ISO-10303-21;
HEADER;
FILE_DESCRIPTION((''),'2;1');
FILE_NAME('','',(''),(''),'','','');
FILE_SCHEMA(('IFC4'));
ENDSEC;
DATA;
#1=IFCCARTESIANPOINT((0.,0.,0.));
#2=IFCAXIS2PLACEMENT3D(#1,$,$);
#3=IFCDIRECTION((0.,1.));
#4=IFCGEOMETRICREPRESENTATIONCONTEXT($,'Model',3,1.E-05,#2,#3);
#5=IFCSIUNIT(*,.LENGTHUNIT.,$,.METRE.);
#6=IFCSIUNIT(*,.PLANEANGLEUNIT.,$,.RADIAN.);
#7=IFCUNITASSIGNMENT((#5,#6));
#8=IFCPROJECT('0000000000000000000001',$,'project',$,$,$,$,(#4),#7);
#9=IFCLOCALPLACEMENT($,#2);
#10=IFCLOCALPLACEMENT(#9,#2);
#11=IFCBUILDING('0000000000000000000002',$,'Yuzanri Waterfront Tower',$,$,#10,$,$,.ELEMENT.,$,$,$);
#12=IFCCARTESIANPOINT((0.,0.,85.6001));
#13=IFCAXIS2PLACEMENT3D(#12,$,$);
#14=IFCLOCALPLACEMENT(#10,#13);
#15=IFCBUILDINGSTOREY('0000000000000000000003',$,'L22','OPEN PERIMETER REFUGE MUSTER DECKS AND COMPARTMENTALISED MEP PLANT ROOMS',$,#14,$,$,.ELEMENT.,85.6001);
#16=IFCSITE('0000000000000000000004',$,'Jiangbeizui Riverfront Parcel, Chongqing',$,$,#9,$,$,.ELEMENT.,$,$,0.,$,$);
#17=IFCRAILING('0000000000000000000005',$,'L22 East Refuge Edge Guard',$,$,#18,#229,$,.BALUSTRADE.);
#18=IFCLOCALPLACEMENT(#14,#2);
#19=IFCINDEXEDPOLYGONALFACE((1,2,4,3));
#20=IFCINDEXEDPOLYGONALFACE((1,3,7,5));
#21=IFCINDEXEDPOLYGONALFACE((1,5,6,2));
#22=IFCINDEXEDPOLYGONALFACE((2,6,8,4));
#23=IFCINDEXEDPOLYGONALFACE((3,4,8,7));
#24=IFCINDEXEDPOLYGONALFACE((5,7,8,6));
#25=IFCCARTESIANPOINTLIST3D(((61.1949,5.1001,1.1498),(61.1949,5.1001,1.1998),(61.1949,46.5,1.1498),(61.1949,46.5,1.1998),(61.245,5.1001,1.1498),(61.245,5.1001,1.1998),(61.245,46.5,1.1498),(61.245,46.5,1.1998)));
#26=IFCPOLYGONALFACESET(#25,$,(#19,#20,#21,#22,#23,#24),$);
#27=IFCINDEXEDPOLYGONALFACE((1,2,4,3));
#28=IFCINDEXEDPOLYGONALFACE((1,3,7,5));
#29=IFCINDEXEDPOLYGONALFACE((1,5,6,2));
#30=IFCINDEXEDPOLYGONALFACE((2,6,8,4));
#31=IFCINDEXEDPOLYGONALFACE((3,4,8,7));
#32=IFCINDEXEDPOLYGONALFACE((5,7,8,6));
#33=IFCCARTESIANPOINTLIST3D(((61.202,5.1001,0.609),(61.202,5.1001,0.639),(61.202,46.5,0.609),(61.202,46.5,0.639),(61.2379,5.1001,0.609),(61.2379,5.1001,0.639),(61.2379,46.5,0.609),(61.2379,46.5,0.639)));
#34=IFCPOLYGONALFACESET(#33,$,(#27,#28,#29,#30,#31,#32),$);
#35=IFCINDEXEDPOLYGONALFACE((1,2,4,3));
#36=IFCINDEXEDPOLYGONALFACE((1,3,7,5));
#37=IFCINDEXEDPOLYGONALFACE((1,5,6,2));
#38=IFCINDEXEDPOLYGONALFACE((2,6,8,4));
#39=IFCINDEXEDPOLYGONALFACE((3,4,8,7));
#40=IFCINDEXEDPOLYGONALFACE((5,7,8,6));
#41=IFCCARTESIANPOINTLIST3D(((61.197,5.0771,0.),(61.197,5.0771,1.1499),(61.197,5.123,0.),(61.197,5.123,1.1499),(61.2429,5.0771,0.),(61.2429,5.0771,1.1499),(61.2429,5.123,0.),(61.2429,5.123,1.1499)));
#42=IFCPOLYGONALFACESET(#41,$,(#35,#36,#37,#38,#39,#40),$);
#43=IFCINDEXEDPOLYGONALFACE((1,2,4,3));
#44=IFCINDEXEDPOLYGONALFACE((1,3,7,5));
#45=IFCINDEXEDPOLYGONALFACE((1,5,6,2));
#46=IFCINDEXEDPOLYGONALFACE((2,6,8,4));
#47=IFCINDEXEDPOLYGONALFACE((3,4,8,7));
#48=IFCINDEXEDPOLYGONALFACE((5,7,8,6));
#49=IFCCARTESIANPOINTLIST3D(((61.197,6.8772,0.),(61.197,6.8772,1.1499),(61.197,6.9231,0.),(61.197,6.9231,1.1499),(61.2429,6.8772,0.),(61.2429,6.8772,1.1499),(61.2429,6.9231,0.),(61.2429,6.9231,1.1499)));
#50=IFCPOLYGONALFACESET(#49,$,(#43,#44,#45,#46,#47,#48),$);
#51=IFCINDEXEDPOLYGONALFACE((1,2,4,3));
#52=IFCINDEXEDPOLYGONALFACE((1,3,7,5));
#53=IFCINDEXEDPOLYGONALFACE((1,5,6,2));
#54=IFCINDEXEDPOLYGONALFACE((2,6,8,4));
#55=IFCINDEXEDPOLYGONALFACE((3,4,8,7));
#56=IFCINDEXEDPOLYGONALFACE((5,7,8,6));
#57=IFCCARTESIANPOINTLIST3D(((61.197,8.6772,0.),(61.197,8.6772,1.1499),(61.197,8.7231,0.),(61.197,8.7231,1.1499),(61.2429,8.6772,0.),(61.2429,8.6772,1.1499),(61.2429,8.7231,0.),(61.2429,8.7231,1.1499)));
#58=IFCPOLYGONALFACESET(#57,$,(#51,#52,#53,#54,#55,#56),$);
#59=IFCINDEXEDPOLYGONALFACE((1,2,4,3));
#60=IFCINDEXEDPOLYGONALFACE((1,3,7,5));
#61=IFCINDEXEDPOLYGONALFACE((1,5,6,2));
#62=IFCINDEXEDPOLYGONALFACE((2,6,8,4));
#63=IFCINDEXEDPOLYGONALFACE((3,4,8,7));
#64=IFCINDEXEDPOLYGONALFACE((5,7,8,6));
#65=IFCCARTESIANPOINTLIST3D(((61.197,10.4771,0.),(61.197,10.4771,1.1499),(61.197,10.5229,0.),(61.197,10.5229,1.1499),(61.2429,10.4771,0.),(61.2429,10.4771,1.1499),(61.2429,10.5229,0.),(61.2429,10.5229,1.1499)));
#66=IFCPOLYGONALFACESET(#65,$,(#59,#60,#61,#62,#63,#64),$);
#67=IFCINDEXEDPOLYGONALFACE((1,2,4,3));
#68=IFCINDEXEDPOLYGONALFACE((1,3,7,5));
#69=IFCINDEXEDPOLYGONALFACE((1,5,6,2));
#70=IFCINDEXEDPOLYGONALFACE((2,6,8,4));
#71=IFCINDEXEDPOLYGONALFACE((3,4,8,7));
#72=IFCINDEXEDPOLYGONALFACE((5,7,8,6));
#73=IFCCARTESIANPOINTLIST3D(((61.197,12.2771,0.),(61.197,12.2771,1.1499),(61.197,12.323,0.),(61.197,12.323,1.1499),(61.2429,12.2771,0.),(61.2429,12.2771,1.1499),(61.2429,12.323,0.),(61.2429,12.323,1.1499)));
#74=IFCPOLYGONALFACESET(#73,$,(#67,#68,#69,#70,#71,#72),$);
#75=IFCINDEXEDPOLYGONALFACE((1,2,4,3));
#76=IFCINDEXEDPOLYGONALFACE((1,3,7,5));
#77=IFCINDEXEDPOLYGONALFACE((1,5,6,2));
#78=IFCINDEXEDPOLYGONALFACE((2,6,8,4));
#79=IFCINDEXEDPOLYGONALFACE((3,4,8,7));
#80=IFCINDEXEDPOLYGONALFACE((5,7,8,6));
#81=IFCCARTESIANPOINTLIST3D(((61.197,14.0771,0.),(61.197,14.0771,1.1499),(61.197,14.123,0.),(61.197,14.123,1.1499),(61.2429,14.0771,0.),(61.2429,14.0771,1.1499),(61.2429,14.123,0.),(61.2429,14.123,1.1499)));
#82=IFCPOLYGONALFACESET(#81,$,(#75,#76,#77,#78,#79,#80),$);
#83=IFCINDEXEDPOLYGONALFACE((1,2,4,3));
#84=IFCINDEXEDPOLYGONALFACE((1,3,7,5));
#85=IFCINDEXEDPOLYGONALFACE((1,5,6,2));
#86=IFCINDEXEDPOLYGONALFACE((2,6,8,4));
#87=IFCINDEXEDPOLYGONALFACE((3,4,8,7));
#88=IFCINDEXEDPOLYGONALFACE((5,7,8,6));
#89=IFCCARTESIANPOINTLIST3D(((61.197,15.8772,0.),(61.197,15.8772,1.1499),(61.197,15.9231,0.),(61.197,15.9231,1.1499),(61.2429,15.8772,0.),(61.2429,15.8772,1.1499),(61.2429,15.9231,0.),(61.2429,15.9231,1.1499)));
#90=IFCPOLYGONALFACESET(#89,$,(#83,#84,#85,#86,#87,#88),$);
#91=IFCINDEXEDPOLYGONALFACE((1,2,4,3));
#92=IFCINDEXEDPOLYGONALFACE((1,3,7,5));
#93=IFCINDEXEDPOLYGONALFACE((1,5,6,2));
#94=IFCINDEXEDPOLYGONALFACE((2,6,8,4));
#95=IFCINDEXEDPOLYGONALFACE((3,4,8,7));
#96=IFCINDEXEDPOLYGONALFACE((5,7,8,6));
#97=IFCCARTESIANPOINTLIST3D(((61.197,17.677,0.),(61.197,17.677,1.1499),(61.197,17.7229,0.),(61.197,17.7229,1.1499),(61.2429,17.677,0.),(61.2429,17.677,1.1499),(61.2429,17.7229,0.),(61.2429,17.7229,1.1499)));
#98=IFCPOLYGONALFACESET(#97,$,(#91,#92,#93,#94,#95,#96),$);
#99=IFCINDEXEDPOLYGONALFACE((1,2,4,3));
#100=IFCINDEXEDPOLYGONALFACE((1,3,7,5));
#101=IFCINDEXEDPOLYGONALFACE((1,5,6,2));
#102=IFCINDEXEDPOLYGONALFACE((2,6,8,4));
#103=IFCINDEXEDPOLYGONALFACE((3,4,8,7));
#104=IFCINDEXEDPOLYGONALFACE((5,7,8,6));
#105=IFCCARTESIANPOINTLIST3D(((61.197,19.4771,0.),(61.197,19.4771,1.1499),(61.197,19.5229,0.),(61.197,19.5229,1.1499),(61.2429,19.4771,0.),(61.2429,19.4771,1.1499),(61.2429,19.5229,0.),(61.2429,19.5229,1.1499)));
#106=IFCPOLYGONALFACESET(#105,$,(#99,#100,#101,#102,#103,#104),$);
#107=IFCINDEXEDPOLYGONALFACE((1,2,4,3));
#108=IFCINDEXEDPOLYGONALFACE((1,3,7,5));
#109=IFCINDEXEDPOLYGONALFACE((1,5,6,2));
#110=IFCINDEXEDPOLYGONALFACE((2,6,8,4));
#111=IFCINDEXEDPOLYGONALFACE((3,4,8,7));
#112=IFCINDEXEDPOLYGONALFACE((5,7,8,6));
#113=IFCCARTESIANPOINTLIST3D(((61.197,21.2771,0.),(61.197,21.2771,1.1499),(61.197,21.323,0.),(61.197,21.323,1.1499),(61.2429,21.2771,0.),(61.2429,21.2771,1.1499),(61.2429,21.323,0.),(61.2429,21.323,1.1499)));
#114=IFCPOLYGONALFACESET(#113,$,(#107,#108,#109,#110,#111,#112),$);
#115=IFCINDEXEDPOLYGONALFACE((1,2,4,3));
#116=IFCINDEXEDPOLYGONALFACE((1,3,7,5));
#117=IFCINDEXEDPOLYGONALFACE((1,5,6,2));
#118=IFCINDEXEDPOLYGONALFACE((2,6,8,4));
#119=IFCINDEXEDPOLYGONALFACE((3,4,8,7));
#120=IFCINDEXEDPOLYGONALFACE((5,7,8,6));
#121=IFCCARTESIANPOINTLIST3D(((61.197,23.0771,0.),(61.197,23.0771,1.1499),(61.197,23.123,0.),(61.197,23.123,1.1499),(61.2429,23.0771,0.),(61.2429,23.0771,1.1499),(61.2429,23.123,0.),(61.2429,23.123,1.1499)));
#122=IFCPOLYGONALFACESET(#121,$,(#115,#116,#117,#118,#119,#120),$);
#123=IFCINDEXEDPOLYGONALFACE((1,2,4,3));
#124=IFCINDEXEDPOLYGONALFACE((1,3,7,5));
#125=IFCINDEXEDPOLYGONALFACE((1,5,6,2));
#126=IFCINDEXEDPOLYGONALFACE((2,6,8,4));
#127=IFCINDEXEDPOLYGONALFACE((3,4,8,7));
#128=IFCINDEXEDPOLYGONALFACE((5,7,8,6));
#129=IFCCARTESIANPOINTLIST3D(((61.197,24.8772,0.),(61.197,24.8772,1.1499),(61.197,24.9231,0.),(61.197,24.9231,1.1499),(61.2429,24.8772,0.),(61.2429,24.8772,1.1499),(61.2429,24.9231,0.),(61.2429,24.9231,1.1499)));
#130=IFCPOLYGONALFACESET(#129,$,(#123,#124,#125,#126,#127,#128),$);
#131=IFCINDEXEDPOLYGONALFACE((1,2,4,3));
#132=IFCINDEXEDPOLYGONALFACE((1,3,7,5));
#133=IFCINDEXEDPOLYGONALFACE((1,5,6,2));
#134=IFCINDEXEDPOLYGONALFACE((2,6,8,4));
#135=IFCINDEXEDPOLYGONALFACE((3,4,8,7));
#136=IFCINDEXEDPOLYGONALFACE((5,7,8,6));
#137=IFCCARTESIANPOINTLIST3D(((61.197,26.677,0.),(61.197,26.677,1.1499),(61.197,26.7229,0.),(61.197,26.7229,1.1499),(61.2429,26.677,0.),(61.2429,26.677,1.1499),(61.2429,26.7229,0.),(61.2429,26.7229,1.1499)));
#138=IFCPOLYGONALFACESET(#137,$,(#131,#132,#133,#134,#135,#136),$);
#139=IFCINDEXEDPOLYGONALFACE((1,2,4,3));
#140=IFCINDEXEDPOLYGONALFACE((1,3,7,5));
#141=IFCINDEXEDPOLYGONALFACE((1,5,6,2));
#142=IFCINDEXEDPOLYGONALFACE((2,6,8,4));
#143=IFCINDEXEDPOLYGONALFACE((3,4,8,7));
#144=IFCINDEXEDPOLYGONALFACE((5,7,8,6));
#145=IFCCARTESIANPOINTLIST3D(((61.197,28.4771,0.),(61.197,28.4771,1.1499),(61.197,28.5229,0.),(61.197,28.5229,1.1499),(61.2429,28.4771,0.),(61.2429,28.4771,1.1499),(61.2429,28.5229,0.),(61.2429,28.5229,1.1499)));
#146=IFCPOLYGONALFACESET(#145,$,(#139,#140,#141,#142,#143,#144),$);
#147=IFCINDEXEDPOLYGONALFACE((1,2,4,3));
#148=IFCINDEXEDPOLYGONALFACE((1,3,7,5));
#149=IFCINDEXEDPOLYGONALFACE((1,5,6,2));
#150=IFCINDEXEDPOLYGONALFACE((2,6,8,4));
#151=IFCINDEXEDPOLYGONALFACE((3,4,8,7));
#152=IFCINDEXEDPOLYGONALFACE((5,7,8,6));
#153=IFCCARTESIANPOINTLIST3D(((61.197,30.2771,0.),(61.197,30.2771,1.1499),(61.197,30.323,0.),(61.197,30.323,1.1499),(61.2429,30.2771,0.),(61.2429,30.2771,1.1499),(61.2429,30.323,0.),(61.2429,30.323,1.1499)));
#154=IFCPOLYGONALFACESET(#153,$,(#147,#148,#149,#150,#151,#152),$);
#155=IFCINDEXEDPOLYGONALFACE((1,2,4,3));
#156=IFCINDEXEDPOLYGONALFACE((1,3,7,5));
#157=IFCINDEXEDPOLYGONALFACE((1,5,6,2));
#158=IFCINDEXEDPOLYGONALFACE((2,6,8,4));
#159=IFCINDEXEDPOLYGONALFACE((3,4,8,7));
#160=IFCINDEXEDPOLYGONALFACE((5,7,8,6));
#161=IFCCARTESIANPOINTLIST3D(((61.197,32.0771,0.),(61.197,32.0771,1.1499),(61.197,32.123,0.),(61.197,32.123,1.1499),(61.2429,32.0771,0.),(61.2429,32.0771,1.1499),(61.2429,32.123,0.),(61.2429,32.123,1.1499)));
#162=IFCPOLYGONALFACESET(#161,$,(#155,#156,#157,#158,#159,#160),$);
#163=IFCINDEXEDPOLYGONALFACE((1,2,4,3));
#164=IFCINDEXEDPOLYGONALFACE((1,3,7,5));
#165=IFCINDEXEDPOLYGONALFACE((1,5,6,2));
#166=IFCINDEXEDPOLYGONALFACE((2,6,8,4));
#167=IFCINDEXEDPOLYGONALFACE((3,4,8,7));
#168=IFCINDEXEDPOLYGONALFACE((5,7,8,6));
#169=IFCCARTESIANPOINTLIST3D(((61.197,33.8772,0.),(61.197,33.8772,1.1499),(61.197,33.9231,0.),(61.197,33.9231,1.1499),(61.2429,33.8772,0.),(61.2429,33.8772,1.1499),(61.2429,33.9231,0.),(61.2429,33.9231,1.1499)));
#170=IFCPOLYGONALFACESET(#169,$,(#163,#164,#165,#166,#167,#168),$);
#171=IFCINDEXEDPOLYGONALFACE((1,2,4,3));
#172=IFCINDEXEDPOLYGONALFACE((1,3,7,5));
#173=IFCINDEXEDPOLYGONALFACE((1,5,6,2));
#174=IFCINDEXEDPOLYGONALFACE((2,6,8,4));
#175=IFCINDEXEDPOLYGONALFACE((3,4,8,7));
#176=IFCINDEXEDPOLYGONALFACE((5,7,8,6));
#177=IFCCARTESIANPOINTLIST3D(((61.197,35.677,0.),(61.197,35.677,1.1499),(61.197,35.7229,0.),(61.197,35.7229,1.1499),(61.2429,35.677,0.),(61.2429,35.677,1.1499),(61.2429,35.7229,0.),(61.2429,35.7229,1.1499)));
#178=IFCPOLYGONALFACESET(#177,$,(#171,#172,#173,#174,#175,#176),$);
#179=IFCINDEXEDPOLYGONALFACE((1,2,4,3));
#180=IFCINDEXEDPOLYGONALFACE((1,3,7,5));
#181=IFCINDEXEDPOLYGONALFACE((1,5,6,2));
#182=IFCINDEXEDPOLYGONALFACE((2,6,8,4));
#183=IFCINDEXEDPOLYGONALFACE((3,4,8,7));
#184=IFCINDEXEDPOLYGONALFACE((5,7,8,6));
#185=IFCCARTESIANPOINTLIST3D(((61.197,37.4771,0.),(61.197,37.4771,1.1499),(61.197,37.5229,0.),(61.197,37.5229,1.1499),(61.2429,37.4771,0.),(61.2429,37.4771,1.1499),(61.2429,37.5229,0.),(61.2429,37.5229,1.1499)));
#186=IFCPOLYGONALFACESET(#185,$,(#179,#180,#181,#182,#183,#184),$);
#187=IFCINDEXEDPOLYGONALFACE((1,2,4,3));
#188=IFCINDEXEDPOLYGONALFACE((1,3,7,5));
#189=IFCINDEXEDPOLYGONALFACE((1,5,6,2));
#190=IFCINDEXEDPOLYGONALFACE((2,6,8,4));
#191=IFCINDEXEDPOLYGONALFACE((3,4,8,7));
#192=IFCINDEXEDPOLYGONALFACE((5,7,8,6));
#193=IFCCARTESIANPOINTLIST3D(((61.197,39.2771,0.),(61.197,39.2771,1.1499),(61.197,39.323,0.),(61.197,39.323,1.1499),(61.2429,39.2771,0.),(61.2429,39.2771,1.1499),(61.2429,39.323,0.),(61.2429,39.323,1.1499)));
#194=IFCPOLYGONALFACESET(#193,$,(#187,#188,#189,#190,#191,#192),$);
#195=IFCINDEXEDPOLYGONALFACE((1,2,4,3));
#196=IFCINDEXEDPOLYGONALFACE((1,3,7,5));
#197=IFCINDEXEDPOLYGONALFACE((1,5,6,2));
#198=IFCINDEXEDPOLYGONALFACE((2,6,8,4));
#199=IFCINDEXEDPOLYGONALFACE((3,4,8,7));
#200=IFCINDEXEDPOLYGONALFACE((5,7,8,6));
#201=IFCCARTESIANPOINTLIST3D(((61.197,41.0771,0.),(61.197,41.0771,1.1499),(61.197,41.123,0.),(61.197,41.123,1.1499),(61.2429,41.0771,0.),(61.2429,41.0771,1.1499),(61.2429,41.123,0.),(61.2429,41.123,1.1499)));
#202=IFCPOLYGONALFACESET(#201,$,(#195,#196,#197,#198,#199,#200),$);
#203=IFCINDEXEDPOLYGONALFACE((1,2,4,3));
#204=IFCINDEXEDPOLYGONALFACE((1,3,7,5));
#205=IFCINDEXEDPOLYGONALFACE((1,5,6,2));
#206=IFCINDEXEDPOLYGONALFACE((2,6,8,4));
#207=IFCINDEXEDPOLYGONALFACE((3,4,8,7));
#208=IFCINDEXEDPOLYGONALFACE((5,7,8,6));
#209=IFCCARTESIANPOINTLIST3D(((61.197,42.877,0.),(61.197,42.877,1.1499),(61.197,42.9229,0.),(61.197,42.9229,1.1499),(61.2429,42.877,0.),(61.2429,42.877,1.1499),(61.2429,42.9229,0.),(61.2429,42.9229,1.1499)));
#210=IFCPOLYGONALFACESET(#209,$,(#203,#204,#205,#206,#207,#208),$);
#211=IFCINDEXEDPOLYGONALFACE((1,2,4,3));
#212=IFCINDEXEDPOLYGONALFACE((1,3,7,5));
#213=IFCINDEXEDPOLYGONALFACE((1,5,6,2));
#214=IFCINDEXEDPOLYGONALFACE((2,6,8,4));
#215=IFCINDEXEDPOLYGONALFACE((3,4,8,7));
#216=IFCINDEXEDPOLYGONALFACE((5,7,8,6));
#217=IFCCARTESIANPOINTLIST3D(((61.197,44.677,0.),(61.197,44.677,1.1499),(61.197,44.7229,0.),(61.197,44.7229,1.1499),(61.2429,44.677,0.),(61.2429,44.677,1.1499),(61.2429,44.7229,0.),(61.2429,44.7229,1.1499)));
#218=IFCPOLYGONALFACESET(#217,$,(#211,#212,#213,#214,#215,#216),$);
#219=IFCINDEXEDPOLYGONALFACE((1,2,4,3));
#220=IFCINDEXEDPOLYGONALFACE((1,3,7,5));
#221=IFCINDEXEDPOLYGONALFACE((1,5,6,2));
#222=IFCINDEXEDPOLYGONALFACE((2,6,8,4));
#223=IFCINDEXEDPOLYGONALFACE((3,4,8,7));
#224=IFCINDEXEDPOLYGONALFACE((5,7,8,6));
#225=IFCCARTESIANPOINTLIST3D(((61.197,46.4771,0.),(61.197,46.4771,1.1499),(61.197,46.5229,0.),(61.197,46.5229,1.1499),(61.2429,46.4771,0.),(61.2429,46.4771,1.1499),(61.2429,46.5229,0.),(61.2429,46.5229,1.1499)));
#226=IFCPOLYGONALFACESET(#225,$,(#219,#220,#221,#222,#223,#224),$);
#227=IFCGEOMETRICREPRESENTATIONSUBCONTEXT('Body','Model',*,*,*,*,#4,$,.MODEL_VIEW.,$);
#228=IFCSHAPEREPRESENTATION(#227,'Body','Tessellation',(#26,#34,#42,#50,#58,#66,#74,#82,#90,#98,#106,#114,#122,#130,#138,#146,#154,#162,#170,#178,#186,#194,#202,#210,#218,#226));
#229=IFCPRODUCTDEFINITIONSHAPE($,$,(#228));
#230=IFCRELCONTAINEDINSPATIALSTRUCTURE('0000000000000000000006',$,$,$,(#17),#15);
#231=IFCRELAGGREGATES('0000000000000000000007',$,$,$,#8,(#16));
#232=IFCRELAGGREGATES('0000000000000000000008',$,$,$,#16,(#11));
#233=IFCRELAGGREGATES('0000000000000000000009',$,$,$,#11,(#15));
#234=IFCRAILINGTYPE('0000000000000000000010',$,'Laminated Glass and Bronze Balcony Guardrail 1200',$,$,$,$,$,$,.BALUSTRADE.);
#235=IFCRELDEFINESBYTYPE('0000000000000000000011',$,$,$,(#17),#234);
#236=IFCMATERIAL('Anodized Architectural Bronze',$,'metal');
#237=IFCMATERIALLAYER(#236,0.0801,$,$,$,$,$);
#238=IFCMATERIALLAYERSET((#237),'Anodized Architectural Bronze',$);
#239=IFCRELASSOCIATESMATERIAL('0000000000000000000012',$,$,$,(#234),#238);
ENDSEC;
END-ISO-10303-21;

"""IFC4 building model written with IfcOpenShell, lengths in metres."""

from ifc_helpers import new_model, si_unit, direction, frame, origin, origin_2d, place, context, subcontext, project, spatial, rectangle, extrude, source, transform, mapped, material, layer, layer_set, type_object, element, save


model = new_model("IFC4")

# Units and contexts
model_context = context("Model", 3, precision=1e-05, world=origin(), true_north=direction((0.0, 1.0)))
body_context = subcontext(model_context, "Body", "Model", "MODEL_VIEW")
ifc_project = project(units=[si_unit("LENGTHUNIT", "METRE"), si_unit("PLANEANGLEUNIT", "RADIAN")], contexts=[model_context])

# Site, building, storey
site_placement = place(None, origin())
site = spatial("IfcSite", under=ifc_project, at=site_placement, Name="Jiangbeizui Riverfront Parcel, Chongqing", CompositionType="ELEMENT", RefElevation=0.0)
building_placement = place(site_placement, origin())
building = spatial("IfcBuilding", under=site, at=building_placement, Name="Yuzanri Waterfront Tower", CompositionType="ELEMENT")
storey_placement = place(building_placement, frame((0.0, 0.0, 85.6001)))
storey = spatial("IfcBuildingStorey", under=building, at=storey_placement, Name="L22", Description="OPEN PERIMETER REFUGE MUSTER DECKS AND COMPARTMENTALISED MEP PLANT ROOMS", CompositionType="ELEMENT", Elevation=85.6001)

# Railing
ifc_material_1 = material(Name="Anodized Architectural Bronze", Category="metal")
ifc_layer_1 = layer(ifc_material_1, 0.0801)
ifc_layer_set_1 = layer_set([ifc_layer_1], Name="Anodized Architectural Bronze")
railing_type_1 = type_object("IfcRailingType", Name="Laminated Glass and Bronze Balcony Guardrail 1200", PredefinedType="BALUSTRADE", material=ifc_layer_set_1)
shared_shape_1 = source(origin(), body_context, "Body", "SweptSolid", [
    extrude(rectangle(XDim=0.05, YDim=0.05, at=origin_2d()), frame((0.0, 0.0, 1.1748), z_axis=(0.0, 1.0, 0.0), x_axis=(-1.0, 0.0, 0.0)), (0.0, 0.0, 1.0), 41.3999),
    extrude(rectangle(XDim=0.0359, YDim=0.03, at=origin_2d()), frame((0.0, 0.0, 0.624), z_axis=(0.0, 1.0, 0.0), x_axis=(-1.0, 0.0, 0.0)), (0.0, 0.0, 1.0), 41.3999),
    extrude(rectangle(XDim=0.0459, YDim=0.0459, at=origin_2d()), origin(), (0.0, 0.0, 1.0), 1.1499),
    extrude(rectangle(XDim=0.0459, YDim=0.0459, at=origin_2d()), frame((0.0, 1.8, 0.0)), (0.0, 0.0, 1.0), 1.1499),
    extrude(rectangle(XDim=0.0459, YDim=0.0459, at=origin_2d()), frame((0.0, 3.6001, 0.0)), (0.0, 0.0, 1.0), 1.1499),
    extrude(rectangle(XDim=0.0459, YDim=0.0459, at=origin_2d()), frame((0.0, 5.3999, 0.0)), (0.0, 0.0, 1.0), 1.1499),
    extrude(rectangle(XDim=0.0459, YDim=0.0459, at=origin_2d()), frame((0.0, 7.2, 0.0)), (0.0, 0.0, 1.0), 1.1499),
    extrude(rectangle(XDim=0.0459, YDim=0.0459, at=origin_2d()), frame((0.0, 9.0, 0.0)), (0.0, 0.0, 1.0), 1.1499),
    extrude(rectangle(XDim=0.0459, YDim=0.0459, at=origin_2d()), frame((0.0, 10.8, 0.0)), (0.0, 0.0, 1.0), 1.1499),
    extrude(rectangle(XDim=0.0459, YDim=0.0459, at=origin_2d()), frame((0.0, 12.5999, 0.0)), (0.0, 0.0, 1.0), 1.1499),
    extrude(rectangle(XDim=0.0459, YDim=0.0459, at=origin_2d()), frame((0.0, 14.3999, 0.0)), (0.0, 0.0, 1.0), 1.1499),
    extrude(rectangle(XDim=0.0459, YDim=0.0459, at=origin_2d()), frame((0.0, 16.2, 0.0)), (0.0, 0.0, 1.0), 1.1499),
    extrude(rectangle(XDim=0.0459, YDim=0.0459, at=origin_2d()), frame((0.0, 18.0, 0.0)), (0.0, 0.0, 1.0), 1.1499),
    extrude(rectangle(XDim=0.0459, YDim=0.0459, at=origin_2d()), frame((0.0, 19.8, 0.0)), (0.0, 0.0, 1.0), 1.1499),
    extrude(rectangle(XDim=0.0459, YDim=0.0459, at=origin_2d()), frame((0.0, 21.5999, 0.0)), (0.0, 0.0, 1.0), 1.1499),
    extrude(rectangle(XDim=0.0459, YDim=0.0459, at=origin_2d()), frame((0.0, 23.3999, 0.0)), (0.0, 0.0, 1.0), 1.1499),
    extrude(rectangle(XDim=0.0459, YDim=0.0459, at=origin_2d()), frame((0.0, 25.2, 0.0)), (0.0, 0.0, 1.0), 1.1499),
    extrude(rectangle(XDim=0.0459, YDim=0.0459, at=origin_2d()), frame((0.0, 27.0, 0.0)), (0.0, 0.0, 1.0), 1.1499),
    extrude(rectangle(XDim=0.0459, YDim=0.0459, at=origin_2d()), frame((0.0, 28.8, 0.0)), (0.0, 0.0, 1.0), 1.1499),
    extrude(rectangle(XDim=0.0459, YDim=0.0459, at=origin_2d()), frame((0.0, 30.5999, 0.0)), (0.0, 0.0, 1.0), 1.1499),
    extrude(rectangle(XDim=0.0459, YDim=0.0459, at=origin_2d()), frame((0.0, 32.3999, 0.0)), (0.0, 0.0, 1.0), 1.1499),
    extrude(rectangle(XDim=0.0459, YDim=0.0459, at=origin_2d()), frame((0.0, 34.2, 0.0)), (0.0, 0.0, 1.0), 1.1499),
    extrude(rectangle(XDim=0.0459, YDim=0.0459, at=origin_2d()), frame((0.0, 36.0, 0.0)), (0.0, 0.0, 1.0), 1.1499),
    extrude(rectangle(XDim=0.0459, YDim=0.0459, at=origin_2d()), frame((0.0, 37.7998, 0.0)), (0.0, 0.0, 1.0), 1.1499),
    extrude(rectangle(XDim=0.0459, YDim=0.0459, at=origin_2d()), frame((0.0, 39.5999, 0.0)), (0.0, 0.0, 1.0), 1.1499),
    extrude(rectangle(XDim=0.0459, YDim=0.0459, at=origin_2d()), frame((0.0, 41.3999, 0.0)), (0.0, 0.0, 1.0), 1.1499),
])
railing_1_placement = place(storey_placement, frame((61.22, 5.1001, 0.0)))
element("IfcRailing", 1, at=railing_1_placement, inside=storey, type_object=railing_type_1, Name="L22 East Refuge Edge Guard", PredefinedType="BALUSTRADE", context=body_context, shape_type="MappedRepresentation", body=[
    mapped(shared_shape_1, transform((0.0, 0.0, 0.0), scale=1.0)),
])

save(model, "model.ifc")
